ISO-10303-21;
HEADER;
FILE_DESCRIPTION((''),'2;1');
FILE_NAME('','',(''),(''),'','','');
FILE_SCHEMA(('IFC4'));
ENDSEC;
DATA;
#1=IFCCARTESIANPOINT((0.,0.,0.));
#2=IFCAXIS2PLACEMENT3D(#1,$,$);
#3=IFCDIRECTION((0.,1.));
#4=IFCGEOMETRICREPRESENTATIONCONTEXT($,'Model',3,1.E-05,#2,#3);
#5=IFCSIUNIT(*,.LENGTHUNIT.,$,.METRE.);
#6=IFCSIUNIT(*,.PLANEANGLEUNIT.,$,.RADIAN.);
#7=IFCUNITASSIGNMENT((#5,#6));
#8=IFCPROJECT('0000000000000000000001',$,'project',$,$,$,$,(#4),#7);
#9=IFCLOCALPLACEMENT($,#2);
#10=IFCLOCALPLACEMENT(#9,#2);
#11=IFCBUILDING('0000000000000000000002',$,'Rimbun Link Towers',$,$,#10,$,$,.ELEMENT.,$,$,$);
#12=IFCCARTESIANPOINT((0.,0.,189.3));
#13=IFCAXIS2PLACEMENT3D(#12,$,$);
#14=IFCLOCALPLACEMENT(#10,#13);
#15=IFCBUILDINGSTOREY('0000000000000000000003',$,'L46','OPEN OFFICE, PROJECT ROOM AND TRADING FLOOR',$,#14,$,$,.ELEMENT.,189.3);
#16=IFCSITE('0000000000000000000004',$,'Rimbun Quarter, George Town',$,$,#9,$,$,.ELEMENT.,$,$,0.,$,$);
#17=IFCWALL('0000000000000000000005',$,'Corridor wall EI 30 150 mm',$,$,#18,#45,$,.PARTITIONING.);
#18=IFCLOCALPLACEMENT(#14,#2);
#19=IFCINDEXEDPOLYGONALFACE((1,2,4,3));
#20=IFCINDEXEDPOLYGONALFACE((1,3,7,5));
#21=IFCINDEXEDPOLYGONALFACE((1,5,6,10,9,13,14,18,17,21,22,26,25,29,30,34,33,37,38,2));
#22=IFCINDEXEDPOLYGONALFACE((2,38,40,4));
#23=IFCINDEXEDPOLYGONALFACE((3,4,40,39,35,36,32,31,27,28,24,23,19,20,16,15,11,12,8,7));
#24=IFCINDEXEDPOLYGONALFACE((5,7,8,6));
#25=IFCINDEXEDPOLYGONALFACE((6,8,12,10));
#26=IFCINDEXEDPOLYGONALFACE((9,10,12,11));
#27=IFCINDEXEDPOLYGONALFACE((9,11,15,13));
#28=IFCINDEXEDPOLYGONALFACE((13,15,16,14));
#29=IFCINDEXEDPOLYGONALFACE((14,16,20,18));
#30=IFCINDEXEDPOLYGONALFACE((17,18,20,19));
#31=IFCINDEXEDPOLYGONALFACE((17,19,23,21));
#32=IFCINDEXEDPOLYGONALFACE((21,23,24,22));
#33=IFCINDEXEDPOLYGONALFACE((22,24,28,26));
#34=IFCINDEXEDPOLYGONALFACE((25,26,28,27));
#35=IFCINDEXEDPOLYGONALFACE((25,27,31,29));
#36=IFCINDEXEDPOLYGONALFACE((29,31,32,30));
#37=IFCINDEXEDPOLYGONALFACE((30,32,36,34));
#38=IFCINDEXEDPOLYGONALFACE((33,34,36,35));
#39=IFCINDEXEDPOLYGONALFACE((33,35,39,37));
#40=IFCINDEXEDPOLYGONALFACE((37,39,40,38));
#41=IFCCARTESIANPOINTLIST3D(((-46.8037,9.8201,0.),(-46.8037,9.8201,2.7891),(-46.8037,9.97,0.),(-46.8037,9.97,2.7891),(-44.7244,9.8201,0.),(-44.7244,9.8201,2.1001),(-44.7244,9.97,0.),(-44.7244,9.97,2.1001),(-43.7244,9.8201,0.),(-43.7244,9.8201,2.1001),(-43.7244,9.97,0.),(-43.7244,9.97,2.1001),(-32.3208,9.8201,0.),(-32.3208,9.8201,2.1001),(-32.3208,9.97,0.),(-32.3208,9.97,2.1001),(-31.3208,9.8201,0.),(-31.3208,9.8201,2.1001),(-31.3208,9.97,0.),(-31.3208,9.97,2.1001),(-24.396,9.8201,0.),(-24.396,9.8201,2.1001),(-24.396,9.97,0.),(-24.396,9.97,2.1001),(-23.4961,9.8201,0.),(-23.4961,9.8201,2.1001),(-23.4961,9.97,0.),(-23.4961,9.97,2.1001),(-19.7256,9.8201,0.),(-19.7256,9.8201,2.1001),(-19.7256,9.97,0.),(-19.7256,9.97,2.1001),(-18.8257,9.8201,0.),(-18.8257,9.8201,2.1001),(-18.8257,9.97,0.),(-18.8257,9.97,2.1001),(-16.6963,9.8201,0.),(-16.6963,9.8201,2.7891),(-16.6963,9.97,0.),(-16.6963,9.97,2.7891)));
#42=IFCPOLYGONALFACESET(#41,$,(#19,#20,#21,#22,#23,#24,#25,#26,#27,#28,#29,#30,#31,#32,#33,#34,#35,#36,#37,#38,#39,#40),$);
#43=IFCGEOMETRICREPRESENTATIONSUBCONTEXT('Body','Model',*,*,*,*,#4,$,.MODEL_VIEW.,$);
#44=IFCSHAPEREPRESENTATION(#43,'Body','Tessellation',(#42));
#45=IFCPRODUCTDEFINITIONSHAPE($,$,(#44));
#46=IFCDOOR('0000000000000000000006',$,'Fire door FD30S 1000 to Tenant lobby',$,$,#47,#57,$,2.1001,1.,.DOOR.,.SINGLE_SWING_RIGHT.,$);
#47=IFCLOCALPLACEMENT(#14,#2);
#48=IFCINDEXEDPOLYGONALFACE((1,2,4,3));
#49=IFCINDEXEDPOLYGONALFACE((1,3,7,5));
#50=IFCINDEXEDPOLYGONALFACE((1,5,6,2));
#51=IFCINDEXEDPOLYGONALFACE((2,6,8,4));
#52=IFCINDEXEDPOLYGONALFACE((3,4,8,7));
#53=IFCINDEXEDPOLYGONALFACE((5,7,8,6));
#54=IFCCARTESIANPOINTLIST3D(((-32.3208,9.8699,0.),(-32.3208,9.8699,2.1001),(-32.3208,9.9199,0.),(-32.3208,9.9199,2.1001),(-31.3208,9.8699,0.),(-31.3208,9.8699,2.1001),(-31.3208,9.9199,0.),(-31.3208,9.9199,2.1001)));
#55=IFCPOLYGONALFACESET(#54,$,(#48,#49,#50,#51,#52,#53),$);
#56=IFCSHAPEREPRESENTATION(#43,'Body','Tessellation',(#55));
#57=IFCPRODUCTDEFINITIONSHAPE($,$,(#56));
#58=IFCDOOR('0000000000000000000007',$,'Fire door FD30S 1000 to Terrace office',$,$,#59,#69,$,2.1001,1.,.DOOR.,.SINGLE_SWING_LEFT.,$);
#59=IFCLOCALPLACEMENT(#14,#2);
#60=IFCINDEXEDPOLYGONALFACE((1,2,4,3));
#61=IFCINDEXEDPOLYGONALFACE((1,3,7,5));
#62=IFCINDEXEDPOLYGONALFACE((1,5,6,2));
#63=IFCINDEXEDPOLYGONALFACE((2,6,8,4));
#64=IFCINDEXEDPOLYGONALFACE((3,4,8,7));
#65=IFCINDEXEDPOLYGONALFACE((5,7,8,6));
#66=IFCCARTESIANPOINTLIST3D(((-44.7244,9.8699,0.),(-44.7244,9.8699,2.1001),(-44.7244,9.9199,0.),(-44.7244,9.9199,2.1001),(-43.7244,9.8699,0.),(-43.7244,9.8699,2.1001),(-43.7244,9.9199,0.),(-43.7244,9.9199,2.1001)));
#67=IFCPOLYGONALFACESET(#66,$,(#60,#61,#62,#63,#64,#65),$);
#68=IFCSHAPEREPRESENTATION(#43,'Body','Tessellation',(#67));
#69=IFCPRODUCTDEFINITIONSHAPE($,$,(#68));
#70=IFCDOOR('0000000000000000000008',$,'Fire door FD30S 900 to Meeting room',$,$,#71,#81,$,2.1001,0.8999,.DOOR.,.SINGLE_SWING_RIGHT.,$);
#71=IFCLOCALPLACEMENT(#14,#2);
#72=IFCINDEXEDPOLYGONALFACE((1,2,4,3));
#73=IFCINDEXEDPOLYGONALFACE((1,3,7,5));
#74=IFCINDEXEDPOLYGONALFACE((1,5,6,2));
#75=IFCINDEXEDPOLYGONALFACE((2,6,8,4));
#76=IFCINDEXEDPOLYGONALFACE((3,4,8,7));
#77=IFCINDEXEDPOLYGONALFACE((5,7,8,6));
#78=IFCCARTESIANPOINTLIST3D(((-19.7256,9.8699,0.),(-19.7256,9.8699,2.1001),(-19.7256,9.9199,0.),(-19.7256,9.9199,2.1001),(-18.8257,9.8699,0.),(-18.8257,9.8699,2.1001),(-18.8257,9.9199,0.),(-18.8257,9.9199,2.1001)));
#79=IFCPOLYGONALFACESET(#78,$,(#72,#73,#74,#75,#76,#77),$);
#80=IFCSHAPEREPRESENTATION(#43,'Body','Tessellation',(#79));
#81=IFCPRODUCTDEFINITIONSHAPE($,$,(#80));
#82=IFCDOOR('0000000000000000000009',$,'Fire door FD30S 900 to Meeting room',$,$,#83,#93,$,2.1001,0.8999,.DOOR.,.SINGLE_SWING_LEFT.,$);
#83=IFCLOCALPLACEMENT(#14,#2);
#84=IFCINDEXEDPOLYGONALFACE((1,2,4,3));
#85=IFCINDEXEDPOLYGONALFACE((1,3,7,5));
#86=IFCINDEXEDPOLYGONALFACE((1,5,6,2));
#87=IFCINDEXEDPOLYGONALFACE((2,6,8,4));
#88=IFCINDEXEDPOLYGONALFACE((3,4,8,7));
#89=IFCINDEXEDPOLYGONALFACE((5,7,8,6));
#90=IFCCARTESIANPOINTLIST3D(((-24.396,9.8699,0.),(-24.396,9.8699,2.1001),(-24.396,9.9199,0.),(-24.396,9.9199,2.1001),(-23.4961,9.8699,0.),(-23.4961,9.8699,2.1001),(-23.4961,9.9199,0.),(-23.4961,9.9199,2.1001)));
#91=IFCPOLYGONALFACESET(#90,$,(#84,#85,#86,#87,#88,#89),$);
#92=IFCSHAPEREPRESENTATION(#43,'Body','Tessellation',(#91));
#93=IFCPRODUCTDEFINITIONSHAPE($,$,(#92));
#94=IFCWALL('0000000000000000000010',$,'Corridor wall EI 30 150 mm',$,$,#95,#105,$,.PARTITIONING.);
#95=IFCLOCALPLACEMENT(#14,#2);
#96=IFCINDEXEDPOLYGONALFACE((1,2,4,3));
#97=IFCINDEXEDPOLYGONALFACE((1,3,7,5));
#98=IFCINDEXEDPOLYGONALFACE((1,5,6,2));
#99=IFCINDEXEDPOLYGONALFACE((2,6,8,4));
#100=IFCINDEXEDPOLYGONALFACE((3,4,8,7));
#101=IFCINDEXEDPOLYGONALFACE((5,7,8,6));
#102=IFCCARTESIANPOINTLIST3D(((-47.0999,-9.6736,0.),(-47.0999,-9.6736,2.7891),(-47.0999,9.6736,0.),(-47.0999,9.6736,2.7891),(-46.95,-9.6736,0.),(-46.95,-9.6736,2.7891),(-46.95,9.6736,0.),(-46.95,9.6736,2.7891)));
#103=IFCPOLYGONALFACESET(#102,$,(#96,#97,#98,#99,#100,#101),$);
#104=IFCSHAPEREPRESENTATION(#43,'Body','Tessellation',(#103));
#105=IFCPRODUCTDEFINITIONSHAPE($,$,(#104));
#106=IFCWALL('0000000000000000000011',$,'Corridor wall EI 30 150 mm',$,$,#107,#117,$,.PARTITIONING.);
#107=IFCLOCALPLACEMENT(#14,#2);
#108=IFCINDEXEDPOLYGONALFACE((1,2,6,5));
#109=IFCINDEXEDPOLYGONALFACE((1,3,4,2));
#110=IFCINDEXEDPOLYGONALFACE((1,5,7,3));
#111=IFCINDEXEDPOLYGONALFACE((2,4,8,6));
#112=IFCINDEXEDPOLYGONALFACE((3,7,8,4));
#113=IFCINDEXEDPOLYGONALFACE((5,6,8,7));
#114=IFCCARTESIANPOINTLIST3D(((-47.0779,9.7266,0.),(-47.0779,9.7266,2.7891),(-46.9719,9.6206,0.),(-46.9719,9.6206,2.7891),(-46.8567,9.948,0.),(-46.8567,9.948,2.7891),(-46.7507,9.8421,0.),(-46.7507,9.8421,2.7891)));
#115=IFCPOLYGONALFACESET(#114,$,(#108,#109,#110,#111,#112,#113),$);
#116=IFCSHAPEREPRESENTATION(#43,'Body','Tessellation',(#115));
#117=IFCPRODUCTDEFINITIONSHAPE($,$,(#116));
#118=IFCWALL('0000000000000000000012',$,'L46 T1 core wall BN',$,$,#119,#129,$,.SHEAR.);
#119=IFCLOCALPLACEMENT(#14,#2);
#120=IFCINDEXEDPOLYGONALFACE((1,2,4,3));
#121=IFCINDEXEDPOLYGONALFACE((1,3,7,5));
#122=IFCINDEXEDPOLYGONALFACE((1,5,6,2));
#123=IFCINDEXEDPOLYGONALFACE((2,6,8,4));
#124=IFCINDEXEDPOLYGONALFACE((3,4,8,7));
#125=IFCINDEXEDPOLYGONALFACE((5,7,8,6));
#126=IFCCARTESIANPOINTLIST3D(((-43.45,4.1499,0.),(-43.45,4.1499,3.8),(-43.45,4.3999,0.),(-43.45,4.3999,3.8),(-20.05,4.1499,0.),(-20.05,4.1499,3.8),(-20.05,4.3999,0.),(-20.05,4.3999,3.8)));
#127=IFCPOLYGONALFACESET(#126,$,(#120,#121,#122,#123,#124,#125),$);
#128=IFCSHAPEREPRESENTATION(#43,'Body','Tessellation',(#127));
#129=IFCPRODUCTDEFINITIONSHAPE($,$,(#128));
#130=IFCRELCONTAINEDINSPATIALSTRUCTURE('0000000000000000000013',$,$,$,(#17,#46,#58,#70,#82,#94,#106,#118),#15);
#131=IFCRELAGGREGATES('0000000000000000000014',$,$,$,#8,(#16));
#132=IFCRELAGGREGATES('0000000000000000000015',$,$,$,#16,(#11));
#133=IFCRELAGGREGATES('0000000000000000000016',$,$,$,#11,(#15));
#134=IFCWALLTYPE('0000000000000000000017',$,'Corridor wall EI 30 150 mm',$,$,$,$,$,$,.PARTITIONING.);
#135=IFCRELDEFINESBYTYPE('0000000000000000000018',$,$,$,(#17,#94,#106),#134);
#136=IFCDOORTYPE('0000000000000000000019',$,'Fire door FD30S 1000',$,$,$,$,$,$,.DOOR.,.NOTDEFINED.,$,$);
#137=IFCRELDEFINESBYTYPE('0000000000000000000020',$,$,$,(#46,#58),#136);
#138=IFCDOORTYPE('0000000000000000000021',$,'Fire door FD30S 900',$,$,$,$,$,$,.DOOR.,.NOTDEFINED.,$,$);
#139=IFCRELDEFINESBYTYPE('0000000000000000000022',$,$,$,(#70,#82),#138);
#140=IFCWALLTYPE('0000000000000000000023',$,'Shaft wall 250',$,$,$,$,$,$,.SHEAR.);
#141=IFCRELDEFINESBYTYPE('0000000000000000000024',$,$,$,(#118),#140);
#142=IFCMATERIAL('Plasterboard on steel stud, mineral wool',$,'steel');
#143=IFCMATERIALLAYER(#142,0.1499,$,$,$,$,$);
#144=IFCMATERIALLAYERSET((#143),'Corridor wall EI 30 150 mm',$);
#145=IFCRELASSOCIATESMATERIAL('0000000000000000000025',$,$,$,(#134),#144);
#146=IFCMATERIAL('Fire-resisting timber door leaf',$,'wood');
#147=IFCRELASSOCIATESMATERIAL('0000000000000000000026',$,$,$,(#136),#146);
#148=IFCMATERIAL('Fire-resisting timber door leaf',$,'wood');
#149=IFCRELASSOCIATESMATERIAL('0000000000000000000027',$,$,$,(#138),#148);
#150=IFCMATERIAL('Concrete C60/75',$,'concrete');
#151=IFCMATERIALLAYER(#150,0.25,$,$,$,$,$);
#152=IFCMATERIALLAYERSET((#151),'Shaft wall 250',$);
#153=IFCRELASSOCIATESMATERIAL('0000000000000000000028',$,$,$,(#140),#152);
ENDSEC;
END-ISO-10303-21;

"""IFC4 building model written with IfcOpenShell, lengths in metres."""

from ifc_helpers import new_model, si_unit, direction, frame, frame_2d, origin, place, context, subcontext, project, spatial, rectangle, extrude, material, layer, layer_set, type_object, element, fill, save


model = new_model("IFC4")

# Units and contexts
model_context = context("Model", 3, precision=1e-05, world=origin(), true_north=direction((0.0, 1.0)))
body_context = subcontext(model_context, "Body", "Model", "MODEL_VIEW")
ifc_project = project(units=[si_unit("LENGTHUNIT", "METRE"), si_unit("PLANEANGLEUNIT", "RADIAN")], contexts=[model_context])

# Site, building, storey
site_placement = place(None, origin())
site = spatial("IfcSite", under=ifc_project, at=site_placement, Name="Rimbun Quarter, George Town", CompositionType="ELEMENT", RefElevation=0.0)
building_placement = place(site_placement, origin())
building = spatial("IfcBuilding", under=site, at=building_placement, Name="Rimbun Link Towers", CompositionType="ELEMENT")
storey_placement = place(building_placement, frame((0.0, 0.0, 189.3)))
storey = spatial("IfcBuildingStorey", under=building, at=storey_placement, Name="L46", Description="OPEN OFFICE, PROJECT ROOM AND TRADING FLOOR", CompositionType="ELEMENT", Elevation=189.3)

# Wall, openings, doors
ifc_material_1 = material(Name="Plasterboard on steel stud, mineral wool", Category="steel")
ifc_layer_1 = layer(ifc_material_1, 0.1499)
ifc_layer_set_1 = layer_set([ifc_layer_1], Name="Corridor wall EI 30 150 mm")
wall_type_1 = type_object("IfcWallType", Name="Corridor wall EI 30 150 mm", PredefinedType="PARTITIONING", material=ifc_layer_set_1)
wall_1_placement = place(storey_placement, frame((-46.8037, 9.895, 0.0), z_axis=(0.0, 0.0, 1.0), x_axis=(1.0, 0.0, 0.0)))
wall_1 = element("IfcWall", 1, at=wall_1_placement, inside=storey, type_object=wall_type_1, Name="Corridor wall EI 30 150 mm", PredefinedType="PARTITIONING", context=body_context, shape_type="SweptSolid", body=[
    extrude(rectangle(XDim=30.1074, YDim=0.1499, at=frame_2d((15.0537, 0.0))), origin(), (0.0, 0.0, 1.0), 2.7891),
])
opening_1_placement = place(wall_1_placement, frame((27.0781, 0.0, 0.0)))
opening_1 = element("IfcOpeningElement", 2, at=opening_1_placement, cuts=wall_1, PredefinedType="OPENING", context=body_context, shape_type="SweptSolid", body=[
    extrude(rectangle(XDim=0.8999, YDim=2.1001, at=frame_2d((0.45, 1.05))), frame((0.0, 0.085, 0.0), z_axis=(0.0, -1.0, 0.0), x_axis=(1.0, 0.0, 0.0)), (0.0, 0.0, 1.0), 0.1699),
])
opening_2_placement = place(wall_1_placement, frame((22.4077, 0.0, 0.0)))
opening_2 = element("IfcOpeningElement", 3, at=opening_2_placement, cuts=wall_1, PredefinedType="OPENING", context=body_context, shape_type="SweptSolid", body=[
    extrude(rectangle(XDim=0.8999, YDim=2.1001, at=frame_2d((0.45, 1.05))), frame((0.0, 0.085, 0.0), z_axis=(0.0, -1.0, 0.0), x_axis=(1.0, 0.0, 0.0)), (0.0, 0.0, 1.0), 0.1699),
])
opening_3_placement = place(wall_1_placement, frame((14.4829, 0.0, 0.0)))
opening_3 = element("IfcOpeningElement", 4, at=opening_3_placement, cuts=wall_1, PredefinedType="OPENING", context=body_context, shape_type="SweptSolid", body=[
    extrude(rectangle(XDim=1.0, YDim=2.1001, at=frame_2d((0.5, 1.05))), frame((0.0, 0.085, 0.0), z_axis=(0.0, -1.0, 0.0), x_axis=(1.0, 0.0, 0.0)), (0.0, 0.0, 1.0), 0.1699),
])
opening_4_placement = place(wall_1_placement, frame((2.0793, 0.0, 0.0)))
opening_4 = element("IfcOpeningElement", 5, at=opening_4_placement, cuts=wall_1, PredefinedType="OPENING", context=body_context, shape_type="SweptSolid", body=[
    extrude(rectangle(XDim=1.0, YDim=2.1001, at=frame_2d((0.5, 1.05))), frame((0.0, 0.085, 0.0), z_axis=(0.0, -1.0, 0.0), x_axis=(1.0, 0.0, 0.0)), (0.0, 0.0, 1.0), 0.1699),
])
ifc_material_2 = material(Name="Fire-resisting timber door leaf", Category="wood")
door_type_1 = type_object("IfcDoorType", Name="Fire door FD30S 1000", OperationType="NOTDEFINED", PredefinedType="DOOR", material=ifc_material_2)
door_1_placement = place(opening_3_placement, origin())
door_1 = element("IfcDoor", 6, at=door_1_placement, inside=storey, type_object=door_type_1, Name="Fire door FD30S 1000 to Tenant lobby", OperationType="SINGLE_SWING_RIGHT", OverallHeight=2.1001, OverallWidth=1.0, PredefinedType="DOOR", context=body_context, shape_type="SweptSolid", body=[
    extrude(rectangle(XDim=1.0, YDim=2.1001, at=frame_2d((0.5, 1.05))), frame((0.0, 0.0249, 0.0), z_axis=(0.0, -1.0, 0.0), x_axis=(1.0, 0.0, 0.0)), (0.0, 0.0, 1.0), 0.05),
])
fill(opening_3, door_1)
door_2_placement = place(opening_4_placement, origin())
door_2 = element("IfcDoor", 7, at=door_2_placement, inside=storey, type_object=door_type_1, Name="Fire door FD30S 1000 to Terrace office", OperationType="SINGLE_SWING_LEFT", OverallHeight=2.1001, OverallWidth=1.0, PredefinedType="DOOR", context=body_context, shape_type="SweptSolid", body=[
    extrude(rectangle(XDim=1.0, YDim=2.1001, at=frame_2d((0.5, 1.05))), frame((0.0, 0.0249, 0.0), z_axis=(0.0, -1.0, 0.0), x_axis=(1.0, 0.0, 0.0)), (0.0, 0.0, 1.0), 0.05),
])
fill(opening_4, door_2)
ifc_material_3 = material(Name="Fire-resisting timber door leaf", Category="wood")
door_type_2 = type_object("IfcDoorType", Name="Fire door FD30S 900", OperationType="NOTDEFINED", PredefinedType="DOOR", material=ifc_material_3)
door_3_placement = place(opening_1_placement, origin())
door_3 = element("IfcDoor", 8, at=door_3_placement, inside=storey, type_object=door_type_2, Name="Fire door FD30S 900 to Meeting room", OperationType="SINGLE_SWING_RIGHT", OverallHeight=2.1001, OverallWidth=0.8999, PredefinedType="DOOR", context=body_context, shape_type="SweptSolid", body=[
    extrude(rectangle(XDim=0.8999, YDim=2.1001, at=frame_2d((0.45, 1.05))), frame((0.0, 0.0249, 0.0), z_axis=(0.0, -1.0, 0.0), x_axis=(1.0, 0.0, 0.0)), (0.0, 0.0, 1.0), 0.05),
])
fill(opening_1, door_3)
door_4_placement = place(opening_2_placement, origin())
door_4 = element("IfcDoor", 9, at=door_4_placement, inside=storey, type_object=door_type_2, Name="Fire door FD30S 900 to Meeting room", OperationType="SINGLE_SWING_LEFT", OverallHeight=2.1001, OverallWidth=0.8999, PredefinedType="DOOR", context=body_context, shape_type="SweptSolid", body=[
    extrude(rectangle(XDim=0.8999, YDim=2.1001, at=frame_2d((0.45, 1.05))), frame((0.0, 0.0249, 0.0), z_axis=(0.0, -1.0, 0.0), x_axis=(1.0, 0.0, 0.0)), (0.0, 0.0, 1.0), 0.05),
])
fill(opening_2, door_4)

# Walls
wall_2_placement = place(storey_placement, frame((-47.0249, 9.6736, 0.0), z_axis=(0.0, 0.0, 1.0), x_axis=(0.0, -1.0, 0.0)))
element("IfcWall", 10, at=wall_2_placement, inside=storey, type_object=wall_type_1, Name="Corridor wall EI 30 150 mm", PredefinedType="PARTITIONING", context=body_context, shape_type="SweptSolid", body=[
    extrude(rectangle(XDim=19.3472, YDim=0.1499, at=frame_2d((9.6736, 0.0))), origin(), (0.0, 0.0, 1.0), 2.7891),
])
wall_3_placement = place(storey_placement, frame((-46.8037, 9.895, 0.0), z_axis=(0.0, 0.0, 1.0), x_axis=(-0.706717, -0.707497, 0.0)))
element("IfcWall", 11, at=wall_3_placement, inside=storey, type_object=wall_type_1, Name="Corridor wall EI 30 150 mm", PredefinedType="PARTITIONING", context=body_context, shape_type="SweptSolid", body=[
    extrude(rectangle(XDim=0.313, YDim=0.1499, at=frame_2d((0.1565, 0.0))), origin(), (0.0, 0.0, 1.0), 2.7891),
])
ifc_material_4 = material(Name="Concrete C60/75", Category="concrete")
ifc_layer_2 = layer(ifc_material_4, 0.25)
ifc_layer_set_2 = layer_set([ifc_layer_2], Name="Shaft wall 250")
wall_type_2 = type_object("IfcWallType", Name="Shaft wall 250", PredefinedType="SHEAR", material=ifc_layer_set_2)
wall_4_placement = place(storey_placement, frame((-43.45, 4.2749, 0.0), z_axis=(0.0, 0.0, 1.0), x_axis=(1.0, 0.0, 0.0)))
element("IfcWall", 12, at=wall_4_placement, inside=storey, type_object=wall_type_2, Name="L46 T1 core wall BN", PredefinedType="SHEAR", context=body_context, shape_type="SweptSolid", body=[
    extrude(rectangle(XDim=23.3999, YDim=0.25, at=frame_2d((11.7, 0.0))), origin(), (0.0, 0.0, 1.0), 3.8),
])

save(model, "model.ifc")
